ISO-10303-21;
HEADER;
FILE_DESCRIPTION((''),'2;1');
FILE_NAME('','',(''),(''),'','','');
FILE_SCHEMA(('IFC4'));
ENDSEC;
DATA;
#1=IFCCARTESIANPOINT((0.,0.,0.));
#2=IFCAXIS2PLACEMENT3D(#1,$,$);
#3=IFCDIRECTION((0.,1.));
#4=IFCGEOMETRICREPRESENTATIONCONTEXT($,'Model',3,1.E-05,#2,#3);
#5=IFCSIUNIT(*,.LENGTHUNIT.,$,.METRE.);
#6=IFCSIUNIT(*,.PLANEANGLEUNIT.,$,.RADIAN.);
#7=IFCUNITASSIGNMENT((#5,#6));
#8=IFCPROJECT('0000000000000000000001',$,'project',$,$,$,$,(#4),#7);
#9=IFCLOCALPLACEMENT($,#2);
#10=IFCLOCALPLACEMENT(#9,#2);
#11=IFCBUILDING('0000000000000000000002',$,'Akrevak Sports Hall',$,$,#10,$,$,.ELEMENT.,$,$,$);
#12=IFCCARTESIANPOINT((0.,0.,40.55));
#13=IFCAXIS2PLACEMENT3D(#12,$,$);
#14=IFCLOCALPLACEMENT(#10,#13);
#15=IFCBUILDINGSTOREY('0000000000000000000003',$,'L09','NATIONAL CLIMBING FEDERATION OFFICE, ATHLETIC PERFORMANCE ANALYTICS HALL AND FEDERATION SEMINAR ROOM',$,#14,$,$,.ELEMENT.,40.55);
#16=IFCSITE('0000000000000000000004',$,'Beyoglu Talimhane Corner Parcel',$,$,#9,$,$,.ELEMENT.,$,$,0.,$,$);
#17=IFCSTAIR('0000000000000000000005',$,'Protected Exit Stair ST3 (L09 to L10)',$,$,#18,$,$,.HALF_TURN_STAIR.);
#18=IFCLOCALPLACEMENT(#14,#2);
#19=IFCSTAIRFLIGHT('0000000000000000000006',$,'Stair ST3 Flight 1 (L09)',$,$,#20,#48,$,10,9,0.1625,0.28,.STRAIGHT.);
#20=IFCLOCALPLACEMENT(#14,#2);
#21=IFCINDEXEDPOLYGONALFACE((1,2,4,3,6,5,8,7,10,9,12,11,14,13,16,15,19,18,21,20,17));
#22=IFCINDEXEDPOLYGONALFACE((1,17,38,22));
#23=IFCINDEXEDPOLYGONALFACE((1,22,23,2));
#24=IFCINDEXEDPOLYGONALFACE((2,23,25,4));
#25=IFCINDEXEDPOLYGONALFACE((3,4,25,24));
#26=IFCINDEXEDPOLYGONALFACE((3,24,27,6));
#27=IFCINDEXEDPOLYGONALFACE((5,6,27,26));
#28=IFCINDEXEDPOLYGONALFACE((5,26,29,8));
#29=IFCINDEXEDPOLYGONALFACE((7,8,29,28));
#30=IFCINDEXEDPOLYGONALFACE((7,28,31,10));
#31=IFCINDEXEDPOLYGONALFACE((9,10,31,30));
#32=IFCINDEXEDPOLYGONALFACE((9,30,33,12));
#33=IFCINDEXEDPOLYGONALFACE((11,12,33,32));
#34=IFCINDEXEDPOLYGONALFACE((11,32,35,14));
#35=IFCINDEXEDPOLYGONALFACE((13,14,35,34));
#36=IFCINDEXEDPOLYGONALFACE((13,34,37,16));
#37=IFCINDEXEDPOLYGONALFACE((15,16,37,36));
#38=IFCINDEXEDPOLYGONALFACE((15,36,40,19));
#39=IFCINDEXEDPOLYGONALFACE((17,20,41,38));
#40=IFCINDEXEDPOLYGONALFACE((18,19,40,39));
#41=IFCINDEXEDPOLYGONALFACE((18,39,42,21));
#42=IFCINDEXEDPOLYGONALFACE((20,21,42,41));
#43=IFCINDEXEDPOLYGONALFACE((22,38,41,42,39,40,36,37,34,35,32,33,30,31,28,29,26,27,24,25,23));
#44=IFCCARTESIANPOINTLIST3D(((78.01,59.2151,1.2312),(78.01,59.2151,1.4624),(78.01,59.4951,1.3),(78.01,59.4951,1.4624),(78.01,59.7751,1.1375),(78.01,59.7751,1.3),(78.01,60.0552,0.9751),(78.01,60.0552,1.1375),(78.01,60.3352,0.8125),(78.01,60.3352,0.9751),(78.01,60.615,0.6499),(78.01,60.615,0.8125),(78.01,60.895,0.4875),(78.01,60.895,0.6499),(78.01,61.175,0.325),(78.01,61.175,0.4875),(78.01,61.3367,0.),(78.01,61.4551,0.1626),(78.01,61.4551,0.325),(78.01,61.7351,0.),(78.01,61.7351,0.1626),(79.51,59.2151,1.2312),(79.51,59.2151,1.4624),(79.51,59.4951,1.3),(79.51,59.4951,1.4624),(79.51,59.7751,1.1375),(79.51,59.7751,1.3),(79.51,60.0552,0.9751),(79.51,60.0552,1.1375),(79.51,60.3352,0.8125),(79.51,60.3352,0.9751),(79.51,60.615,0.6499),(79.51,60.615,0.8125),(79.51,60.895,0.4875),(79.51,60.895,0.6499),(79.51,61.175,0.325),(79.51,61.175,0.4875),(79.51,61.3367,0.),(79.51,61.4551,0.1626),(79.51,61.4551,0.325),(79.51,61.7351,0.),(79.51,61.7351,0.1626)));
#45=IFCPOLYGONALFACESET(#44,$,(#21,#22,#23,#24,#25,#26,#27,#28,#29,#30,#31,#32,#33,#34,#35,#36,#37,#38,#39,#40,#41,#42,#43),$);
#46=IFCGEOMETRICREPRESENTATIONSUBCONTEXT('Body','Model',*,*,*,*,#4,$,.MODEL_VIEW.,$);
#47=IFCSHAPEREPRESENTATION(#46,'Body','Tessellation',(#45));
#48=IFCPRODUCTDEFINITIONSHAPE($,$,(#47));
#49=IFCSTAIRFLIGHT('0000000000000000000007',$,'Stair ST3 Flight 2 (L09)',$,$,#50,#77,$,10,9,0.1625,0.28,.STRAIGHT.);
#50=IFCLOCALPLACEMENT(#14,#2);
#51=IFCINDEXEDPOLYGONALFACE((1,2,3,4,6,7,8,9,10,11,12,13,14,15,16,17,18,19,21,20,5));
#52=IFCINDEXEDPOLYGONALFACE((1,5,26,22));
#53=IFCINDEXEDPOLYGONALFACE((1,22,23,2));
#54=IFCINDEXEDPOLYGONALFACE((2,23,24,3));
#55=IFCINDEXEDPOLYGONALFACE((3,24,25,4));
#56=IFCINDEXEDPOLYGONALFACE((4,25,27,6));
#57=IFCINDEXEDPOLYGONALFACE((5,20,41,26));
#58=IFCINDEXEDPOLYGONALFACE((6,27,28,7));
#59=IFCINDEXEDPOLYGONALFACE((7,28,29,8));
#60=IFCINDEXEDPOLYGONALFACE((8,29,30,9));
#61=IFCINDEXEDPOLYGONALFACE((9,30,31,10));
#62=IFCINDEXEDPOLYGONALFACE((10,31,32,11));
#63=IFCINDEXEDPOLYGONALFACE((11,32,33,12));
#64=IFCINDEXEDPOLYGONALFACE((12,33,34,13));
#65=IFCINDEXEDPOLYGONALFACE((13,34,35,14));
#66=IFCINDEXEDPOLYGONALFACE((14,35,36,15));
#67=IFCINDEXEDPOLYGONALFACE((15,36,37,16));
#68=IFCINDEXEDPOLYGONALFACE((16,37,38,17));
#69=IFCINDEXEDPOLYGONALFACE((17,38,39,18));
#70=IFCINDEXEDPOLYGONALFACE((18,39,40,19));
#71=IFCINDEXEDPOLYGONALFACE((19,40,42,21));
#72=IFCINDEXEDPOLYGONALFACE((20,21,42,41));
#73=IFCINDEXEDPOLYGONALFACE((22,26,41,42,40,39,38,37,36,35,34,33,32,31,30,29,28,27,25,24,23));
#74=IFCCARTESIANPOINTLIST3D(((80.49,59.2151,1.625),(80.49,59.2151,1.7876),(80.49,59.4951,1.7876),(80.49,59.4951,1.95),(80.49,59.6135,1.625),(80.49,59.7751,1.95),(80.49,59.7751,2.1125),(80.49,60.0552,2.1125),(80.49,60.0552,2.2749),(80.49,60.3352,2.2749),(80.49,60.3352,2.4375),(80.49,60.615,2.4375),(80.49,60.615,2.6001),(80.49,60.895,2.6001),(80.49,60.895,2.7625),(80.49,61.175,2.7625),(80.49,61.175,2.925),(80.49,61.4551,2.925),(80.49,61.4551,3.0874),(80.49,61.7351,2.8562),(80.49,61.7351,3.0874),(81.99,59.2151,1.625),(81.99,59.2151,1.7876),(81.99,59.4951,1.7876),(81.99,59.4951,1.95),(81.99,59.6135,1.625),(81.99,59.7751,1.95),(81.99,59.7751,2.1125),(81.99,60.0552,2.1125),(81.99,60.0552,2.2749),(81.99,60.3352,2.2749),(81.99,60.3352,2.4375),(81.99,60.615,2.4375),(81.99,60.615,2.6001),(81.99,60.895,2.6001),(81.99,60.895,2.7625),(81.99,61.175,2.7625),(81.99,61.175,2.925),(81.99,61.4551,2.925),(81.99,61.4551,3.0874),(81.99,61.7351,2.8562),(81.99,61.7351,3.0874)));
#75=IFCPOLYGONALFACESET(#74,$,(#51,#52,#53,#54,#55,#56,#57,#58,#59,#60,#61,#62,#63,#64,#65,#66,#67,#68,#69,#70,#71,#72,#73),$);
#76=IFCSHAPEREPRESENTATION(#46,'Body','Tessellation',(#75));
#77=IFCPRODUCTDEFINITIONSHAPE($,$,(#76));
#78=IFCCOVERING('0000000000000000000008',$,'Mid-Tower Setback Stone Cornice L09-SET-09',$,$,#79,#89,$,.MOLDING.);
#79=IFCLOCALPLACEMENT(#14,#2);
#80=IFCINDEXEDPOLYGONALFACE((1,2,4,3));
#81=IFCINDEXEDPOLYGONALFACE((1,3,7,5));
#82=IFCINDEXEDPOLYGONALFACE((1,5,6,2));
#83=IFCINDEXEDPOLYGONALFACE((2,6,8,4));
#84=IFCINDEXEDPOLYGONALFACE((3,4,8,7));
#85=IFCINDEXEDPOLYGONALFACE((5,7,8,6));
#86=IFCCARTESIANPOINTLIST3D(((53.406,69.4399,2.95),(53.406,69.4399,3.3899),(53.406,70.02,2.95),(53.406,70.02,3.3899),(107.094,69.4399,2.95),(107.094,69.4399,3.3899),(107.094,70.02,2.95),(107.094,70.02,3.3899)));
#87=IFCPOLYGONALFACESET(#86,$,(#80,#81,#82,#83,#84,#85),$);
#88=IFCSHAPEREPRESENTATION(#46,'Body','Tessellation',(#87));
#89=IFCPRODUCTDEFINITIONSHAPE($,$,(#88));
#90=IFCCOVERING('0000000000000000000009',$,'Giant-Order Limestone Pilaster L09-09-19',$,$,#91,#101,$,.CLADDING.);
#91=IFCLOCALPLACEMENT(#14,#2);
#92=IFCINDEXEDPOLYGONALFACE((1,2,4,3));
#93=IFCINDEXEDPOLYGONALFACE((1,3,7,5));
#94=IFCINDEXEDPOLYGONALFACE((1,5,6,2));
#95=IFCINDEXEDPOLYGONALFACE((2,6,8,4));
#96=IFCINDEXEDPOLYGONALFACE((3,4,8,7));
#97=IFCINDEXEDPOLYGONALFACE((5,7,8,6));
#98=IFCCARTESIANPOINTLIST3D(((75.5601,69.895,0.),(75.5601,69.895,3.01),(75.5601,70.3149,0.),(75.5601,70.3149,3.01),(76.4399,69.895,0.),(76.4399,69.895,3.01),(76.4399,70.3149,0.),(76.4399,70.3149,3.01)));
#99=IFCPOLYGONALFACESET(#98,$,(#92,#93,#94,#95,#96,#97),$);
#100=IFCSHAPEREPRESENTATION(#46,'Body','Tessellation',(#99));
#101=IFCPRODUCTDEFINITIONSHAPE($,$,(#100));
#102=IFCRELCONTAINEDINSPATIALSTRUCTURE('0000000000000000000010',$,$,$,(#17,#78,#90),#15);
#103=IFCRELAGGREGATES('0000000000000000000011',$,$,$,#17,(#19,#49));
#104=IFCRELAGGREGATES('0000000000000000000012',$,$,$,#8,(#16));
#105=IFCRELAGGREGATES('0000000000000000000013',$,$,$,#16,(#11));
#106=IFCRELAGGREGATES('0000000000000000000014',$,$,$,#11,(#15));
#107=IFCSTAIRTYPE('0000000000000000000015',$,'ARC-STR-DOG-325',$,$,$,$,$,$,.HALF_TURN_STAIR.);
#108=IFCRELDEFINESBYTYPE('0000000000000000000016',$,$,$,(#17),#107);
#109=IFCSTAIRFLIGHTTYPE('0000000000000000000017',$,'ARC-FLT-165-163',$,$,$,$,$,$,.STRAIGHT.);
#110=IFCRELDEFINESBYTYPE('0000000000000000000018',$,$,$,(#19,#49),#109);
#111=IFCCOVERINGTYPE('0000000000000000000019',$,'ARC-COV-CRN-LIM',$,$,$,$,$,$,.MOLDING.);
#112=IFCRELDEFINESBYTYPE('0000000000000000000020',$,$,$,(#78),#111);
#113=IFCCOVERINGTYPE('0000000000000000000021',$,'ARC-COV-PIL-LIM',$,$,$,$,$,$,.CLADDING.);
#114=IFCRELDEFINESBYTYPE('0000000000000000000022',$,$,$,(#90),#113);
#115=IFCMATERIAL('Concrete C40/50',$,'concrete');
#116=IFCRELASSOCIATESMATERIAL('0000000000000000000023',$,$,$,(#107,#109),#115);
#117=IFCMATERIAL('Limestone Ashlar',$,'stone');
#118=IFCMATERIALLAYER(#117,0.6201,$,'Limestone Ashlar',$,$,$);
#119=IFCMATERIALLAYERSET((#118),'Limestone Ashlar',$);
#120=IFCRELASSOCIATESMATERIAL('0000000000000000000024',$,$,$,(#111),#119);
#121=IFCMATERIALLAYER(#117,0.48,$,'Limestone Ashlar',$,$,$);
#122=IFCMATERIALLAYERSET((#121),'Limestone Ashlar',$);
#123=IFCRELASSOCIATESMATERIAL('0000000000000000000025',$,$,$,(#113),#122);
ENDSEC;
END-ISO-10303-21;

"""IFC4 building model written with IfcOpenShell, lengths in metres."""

from ifc_helpers import new_model, si_unit, direction, frame, origin, origin_2d, place, context, subcontext, project, spatial, polyline, rectangle, outline, extrude, material, layer, layer_set, type_object, element, aggregate, save


model = new_model("IFC4")

# Units and contexts
model_context = context("Model", 3, precision=1e-05, world=origin(), true_north=direction((0.0, 1.0)))
body_context = subcontext(model_context, "Body", "Model", "MODEL_VIEW")
ifc_project = project(units=[si_unit("LENGTHUNIT", "METRE"), si_unit("PLANEANGLEUNIT", "RADIAN")], contexts=[model_context])

# Site, building, storey
site_placement = place(None, origin())
site = spatial("IfcSite", under=ifc_project, at=site_placement, Name="Beyoglu Talimhane Corner Parcel", CompositionType="ELEMENT", RefElevation=0.0)
building_placement = place(site_placement, origin())
building = spatial("IfcBuilding", under=site, at=building_placement, Name="Akrevak Sports Hall", CompositionType="ELEMENT")
storey_placement = place(building_placement, frame((0.0, 0.0, 40.55)))
storey = spatial("IfcBuildingStorey", under=building, at=storey_placement, Name="L09", Description="NATIONAL CLIMBING FEDERATION OFFICE, ATHLETIC PERFORMANCE ANALYTICS HALL AND FEDERATION SEMINAR ROOM", CompositionType="ELEMENT", Elevation=40.55)

# Shared definitions
ifc_material_1 = material(Name="Concrete C40/50", Category="concrete")

# Stair, stair flights
stair_type = type_object("IfcStairType", Name="ARC-STR-DOG-325", PredefinedType="HALF_TURN_STAIR", material=ifc_material_1)
stair_placement = place(storey_placement, origin())
stair = element("IfcStair", 1, at=stair_placement, inside=storey, type_object=stair_type, Name="Protected Exit Stair ST3 (L09 to L10)", PredefinedType="HALF_TURN_STAIR")
stair_flight_type = type_object("IfcStairFlightType", Name="ARC-FLT-165-163", PredefinedType="STRAIGHT", material=ifc_material_1)
stair_flight_1_placement = place(storey_placement, frame((78.76, 61.7351, 0.0), z_axis=(0.0, 0.0, 1.0), x_axis=(0.0, -1.0, 0.0)))
stair_flight_1 = element("IfcStairFlight", 2, at=stair_flight_1_placement, type_object=stair_flight_type, Name="Stair ST3 Flight 1 (L09)", NumberOfRisers=10, NumberOfTreads=9, PredefinedType="STRAIGHT", RiserHeight=0.1625, TreadLength=0.28, context=body_context, shape_type="SweptSolid", body=[
    extrude(outline(polyline([(0.0, 0.0), (0.0, 0.1626), (0.28, 0.1626), (0.28, 0.325), (0.5601, 0.325), (0.5601, 0.4875), (0.8401, 0.4875), (0.8401, 0.6499), (1.1201, 0.6499), (1.1201, 0.8125), (1.3999, 0.8125), (1.3999, 0.9751), (1.6799, 0.9751), (1.6799, 1.1375), (1.96, 1.1375), (1.96, 1.3), (2.24, 1.3), (2.24, 1.4624), (2.52, 1.4624), (2.52, 1.625), (2.52, 1.2312), (0.3984, 0.0), (0.0, 0.0)])), frame((0.0, 0.75, 0.0), z_axis=(0.0, -1.0, 0.0), x_axis=(1.0, 0.0, 0.0)), (0.0, 0.0, 1.0), 1.5),
])
stair_flight_2_placement = place(storey_placement, frame((81.24, 59.2151, 1.625), z_axis=(0.0, 0.0, 1.0), x_axis=(0.0, 1.0, 0.0)))
stair_flight_2 = element("IfcStairFlight", 3, at=stair_flight_2_placement, type_object=stair_flight_type, Name="Stair ST3 Flight 2 (L09)", NumberOfRisers=10, NumberOfTreads=9, PredefinedType="STRAIGHT", RiserHeight=0.1625, TreadLength=0.28, context=body_context, shape_type="SweptSolid", body=[
    extrude(outline(polyline([(0.0, 0.0), (0.0, 0.1626), (0.28, 0.1626), (0.28, 0.325), (0.5601, 0.325), (0.5601, 0.4875), (0.8401, 0.4875), (0.8401, 0.6499), (1.1201, 0.6499), (1.1201, 0.8125), (1.3999, 0.8125), (1.3999, 0.9751), (1.6799, 0.9751), (1.6799, 1.1375), (1.96, 1.1375), (1.96, 1.3), (2.24, 1.3), (2.24, 1.4624), (2.52, 1.4624), (2.52, 1.625), (2.52, 1.2312), (0.3984, 0.0), (0.0, 0.0)])), frame((0.0, 0.75, 0.0), z_axis=(0.0, -1.0, 0.0), x_axis=(1.0, 0.0, 0.0)), (0.0, 0.0, 1.0), 1.5),
])
aggregate(stair, [stair_flight_1, stair_flight_2])

# Coverings
ifc_material_2 = material(Name="Limestone Ashlar", Category="stone")
ifc_layer_1 = layer(ifc_material_2, 0.6201, Name="Limestone Ashlar")
ifc_layer_set_1 = layer_set([ifc_layer_1], Name="Limestone Ashlar")
covering_type_1 = type_object("IfcCoveringType", Name="ARC-COV-CRN-LIM", PredefinedType="MOLDING", material=ifc_layer_set_1)
covering_1_placement = place(storey_placement, frame((80.25, 69.73, 2.95), z_axis=(0.0, 0.0, 1.0), x_axis=(-1.0, 0.0, 0.0)))
element("IfcCovering", 4, at=covering_1_placement, inside=storey, type_object=covering_type_1, Name="Mid-Tower Setback Stone Cornice L09-SET-09", PredefinedType="MOLDING", context=body_context, shape_type="SweptSolid", body=[
    extrude(rectangle(XDim=53.688, YDim=0.5801, at=origin_2d()), origin(), (0.0, 0.0, 1.0), 0.4399),
])
ifc_layer_2 = layer(ifc_material_2, 0.48, Name="Limestone Ashlar")
ifc_layer_set_2 = layer_set([ifc_layer_2], Name="Limestone Ashlar")
covering_type_2 = type_object("IfcCoveringType", Name="ARC-COV-PIL-LIM", PredefinedType="CLADDING", material=ifc_layer_set_2)
covering_2_placement = place(storey_placement, frame((76.0, 70.105, 0.0), z_axis=(0.0, 0.0, 1.0), x_axis=(-1.0, 0.0, 0.0)))
element("IfcCovering", 5, at=covering_2_placement, inside=storey, type_object=covering_type_2, Name="Giant-Order Limestone Pilaster L09-09-19", PredefinedType="CLADDING", context=body_context, shape_type="SweptSolid", body=[
    extrude(rectangle(XDim=0.8799, YDim=0.4199, at=origin_2d()), origin(), (0.0, 0.0, 1.0), 3.01),
])

save(model, "model.ifc")
